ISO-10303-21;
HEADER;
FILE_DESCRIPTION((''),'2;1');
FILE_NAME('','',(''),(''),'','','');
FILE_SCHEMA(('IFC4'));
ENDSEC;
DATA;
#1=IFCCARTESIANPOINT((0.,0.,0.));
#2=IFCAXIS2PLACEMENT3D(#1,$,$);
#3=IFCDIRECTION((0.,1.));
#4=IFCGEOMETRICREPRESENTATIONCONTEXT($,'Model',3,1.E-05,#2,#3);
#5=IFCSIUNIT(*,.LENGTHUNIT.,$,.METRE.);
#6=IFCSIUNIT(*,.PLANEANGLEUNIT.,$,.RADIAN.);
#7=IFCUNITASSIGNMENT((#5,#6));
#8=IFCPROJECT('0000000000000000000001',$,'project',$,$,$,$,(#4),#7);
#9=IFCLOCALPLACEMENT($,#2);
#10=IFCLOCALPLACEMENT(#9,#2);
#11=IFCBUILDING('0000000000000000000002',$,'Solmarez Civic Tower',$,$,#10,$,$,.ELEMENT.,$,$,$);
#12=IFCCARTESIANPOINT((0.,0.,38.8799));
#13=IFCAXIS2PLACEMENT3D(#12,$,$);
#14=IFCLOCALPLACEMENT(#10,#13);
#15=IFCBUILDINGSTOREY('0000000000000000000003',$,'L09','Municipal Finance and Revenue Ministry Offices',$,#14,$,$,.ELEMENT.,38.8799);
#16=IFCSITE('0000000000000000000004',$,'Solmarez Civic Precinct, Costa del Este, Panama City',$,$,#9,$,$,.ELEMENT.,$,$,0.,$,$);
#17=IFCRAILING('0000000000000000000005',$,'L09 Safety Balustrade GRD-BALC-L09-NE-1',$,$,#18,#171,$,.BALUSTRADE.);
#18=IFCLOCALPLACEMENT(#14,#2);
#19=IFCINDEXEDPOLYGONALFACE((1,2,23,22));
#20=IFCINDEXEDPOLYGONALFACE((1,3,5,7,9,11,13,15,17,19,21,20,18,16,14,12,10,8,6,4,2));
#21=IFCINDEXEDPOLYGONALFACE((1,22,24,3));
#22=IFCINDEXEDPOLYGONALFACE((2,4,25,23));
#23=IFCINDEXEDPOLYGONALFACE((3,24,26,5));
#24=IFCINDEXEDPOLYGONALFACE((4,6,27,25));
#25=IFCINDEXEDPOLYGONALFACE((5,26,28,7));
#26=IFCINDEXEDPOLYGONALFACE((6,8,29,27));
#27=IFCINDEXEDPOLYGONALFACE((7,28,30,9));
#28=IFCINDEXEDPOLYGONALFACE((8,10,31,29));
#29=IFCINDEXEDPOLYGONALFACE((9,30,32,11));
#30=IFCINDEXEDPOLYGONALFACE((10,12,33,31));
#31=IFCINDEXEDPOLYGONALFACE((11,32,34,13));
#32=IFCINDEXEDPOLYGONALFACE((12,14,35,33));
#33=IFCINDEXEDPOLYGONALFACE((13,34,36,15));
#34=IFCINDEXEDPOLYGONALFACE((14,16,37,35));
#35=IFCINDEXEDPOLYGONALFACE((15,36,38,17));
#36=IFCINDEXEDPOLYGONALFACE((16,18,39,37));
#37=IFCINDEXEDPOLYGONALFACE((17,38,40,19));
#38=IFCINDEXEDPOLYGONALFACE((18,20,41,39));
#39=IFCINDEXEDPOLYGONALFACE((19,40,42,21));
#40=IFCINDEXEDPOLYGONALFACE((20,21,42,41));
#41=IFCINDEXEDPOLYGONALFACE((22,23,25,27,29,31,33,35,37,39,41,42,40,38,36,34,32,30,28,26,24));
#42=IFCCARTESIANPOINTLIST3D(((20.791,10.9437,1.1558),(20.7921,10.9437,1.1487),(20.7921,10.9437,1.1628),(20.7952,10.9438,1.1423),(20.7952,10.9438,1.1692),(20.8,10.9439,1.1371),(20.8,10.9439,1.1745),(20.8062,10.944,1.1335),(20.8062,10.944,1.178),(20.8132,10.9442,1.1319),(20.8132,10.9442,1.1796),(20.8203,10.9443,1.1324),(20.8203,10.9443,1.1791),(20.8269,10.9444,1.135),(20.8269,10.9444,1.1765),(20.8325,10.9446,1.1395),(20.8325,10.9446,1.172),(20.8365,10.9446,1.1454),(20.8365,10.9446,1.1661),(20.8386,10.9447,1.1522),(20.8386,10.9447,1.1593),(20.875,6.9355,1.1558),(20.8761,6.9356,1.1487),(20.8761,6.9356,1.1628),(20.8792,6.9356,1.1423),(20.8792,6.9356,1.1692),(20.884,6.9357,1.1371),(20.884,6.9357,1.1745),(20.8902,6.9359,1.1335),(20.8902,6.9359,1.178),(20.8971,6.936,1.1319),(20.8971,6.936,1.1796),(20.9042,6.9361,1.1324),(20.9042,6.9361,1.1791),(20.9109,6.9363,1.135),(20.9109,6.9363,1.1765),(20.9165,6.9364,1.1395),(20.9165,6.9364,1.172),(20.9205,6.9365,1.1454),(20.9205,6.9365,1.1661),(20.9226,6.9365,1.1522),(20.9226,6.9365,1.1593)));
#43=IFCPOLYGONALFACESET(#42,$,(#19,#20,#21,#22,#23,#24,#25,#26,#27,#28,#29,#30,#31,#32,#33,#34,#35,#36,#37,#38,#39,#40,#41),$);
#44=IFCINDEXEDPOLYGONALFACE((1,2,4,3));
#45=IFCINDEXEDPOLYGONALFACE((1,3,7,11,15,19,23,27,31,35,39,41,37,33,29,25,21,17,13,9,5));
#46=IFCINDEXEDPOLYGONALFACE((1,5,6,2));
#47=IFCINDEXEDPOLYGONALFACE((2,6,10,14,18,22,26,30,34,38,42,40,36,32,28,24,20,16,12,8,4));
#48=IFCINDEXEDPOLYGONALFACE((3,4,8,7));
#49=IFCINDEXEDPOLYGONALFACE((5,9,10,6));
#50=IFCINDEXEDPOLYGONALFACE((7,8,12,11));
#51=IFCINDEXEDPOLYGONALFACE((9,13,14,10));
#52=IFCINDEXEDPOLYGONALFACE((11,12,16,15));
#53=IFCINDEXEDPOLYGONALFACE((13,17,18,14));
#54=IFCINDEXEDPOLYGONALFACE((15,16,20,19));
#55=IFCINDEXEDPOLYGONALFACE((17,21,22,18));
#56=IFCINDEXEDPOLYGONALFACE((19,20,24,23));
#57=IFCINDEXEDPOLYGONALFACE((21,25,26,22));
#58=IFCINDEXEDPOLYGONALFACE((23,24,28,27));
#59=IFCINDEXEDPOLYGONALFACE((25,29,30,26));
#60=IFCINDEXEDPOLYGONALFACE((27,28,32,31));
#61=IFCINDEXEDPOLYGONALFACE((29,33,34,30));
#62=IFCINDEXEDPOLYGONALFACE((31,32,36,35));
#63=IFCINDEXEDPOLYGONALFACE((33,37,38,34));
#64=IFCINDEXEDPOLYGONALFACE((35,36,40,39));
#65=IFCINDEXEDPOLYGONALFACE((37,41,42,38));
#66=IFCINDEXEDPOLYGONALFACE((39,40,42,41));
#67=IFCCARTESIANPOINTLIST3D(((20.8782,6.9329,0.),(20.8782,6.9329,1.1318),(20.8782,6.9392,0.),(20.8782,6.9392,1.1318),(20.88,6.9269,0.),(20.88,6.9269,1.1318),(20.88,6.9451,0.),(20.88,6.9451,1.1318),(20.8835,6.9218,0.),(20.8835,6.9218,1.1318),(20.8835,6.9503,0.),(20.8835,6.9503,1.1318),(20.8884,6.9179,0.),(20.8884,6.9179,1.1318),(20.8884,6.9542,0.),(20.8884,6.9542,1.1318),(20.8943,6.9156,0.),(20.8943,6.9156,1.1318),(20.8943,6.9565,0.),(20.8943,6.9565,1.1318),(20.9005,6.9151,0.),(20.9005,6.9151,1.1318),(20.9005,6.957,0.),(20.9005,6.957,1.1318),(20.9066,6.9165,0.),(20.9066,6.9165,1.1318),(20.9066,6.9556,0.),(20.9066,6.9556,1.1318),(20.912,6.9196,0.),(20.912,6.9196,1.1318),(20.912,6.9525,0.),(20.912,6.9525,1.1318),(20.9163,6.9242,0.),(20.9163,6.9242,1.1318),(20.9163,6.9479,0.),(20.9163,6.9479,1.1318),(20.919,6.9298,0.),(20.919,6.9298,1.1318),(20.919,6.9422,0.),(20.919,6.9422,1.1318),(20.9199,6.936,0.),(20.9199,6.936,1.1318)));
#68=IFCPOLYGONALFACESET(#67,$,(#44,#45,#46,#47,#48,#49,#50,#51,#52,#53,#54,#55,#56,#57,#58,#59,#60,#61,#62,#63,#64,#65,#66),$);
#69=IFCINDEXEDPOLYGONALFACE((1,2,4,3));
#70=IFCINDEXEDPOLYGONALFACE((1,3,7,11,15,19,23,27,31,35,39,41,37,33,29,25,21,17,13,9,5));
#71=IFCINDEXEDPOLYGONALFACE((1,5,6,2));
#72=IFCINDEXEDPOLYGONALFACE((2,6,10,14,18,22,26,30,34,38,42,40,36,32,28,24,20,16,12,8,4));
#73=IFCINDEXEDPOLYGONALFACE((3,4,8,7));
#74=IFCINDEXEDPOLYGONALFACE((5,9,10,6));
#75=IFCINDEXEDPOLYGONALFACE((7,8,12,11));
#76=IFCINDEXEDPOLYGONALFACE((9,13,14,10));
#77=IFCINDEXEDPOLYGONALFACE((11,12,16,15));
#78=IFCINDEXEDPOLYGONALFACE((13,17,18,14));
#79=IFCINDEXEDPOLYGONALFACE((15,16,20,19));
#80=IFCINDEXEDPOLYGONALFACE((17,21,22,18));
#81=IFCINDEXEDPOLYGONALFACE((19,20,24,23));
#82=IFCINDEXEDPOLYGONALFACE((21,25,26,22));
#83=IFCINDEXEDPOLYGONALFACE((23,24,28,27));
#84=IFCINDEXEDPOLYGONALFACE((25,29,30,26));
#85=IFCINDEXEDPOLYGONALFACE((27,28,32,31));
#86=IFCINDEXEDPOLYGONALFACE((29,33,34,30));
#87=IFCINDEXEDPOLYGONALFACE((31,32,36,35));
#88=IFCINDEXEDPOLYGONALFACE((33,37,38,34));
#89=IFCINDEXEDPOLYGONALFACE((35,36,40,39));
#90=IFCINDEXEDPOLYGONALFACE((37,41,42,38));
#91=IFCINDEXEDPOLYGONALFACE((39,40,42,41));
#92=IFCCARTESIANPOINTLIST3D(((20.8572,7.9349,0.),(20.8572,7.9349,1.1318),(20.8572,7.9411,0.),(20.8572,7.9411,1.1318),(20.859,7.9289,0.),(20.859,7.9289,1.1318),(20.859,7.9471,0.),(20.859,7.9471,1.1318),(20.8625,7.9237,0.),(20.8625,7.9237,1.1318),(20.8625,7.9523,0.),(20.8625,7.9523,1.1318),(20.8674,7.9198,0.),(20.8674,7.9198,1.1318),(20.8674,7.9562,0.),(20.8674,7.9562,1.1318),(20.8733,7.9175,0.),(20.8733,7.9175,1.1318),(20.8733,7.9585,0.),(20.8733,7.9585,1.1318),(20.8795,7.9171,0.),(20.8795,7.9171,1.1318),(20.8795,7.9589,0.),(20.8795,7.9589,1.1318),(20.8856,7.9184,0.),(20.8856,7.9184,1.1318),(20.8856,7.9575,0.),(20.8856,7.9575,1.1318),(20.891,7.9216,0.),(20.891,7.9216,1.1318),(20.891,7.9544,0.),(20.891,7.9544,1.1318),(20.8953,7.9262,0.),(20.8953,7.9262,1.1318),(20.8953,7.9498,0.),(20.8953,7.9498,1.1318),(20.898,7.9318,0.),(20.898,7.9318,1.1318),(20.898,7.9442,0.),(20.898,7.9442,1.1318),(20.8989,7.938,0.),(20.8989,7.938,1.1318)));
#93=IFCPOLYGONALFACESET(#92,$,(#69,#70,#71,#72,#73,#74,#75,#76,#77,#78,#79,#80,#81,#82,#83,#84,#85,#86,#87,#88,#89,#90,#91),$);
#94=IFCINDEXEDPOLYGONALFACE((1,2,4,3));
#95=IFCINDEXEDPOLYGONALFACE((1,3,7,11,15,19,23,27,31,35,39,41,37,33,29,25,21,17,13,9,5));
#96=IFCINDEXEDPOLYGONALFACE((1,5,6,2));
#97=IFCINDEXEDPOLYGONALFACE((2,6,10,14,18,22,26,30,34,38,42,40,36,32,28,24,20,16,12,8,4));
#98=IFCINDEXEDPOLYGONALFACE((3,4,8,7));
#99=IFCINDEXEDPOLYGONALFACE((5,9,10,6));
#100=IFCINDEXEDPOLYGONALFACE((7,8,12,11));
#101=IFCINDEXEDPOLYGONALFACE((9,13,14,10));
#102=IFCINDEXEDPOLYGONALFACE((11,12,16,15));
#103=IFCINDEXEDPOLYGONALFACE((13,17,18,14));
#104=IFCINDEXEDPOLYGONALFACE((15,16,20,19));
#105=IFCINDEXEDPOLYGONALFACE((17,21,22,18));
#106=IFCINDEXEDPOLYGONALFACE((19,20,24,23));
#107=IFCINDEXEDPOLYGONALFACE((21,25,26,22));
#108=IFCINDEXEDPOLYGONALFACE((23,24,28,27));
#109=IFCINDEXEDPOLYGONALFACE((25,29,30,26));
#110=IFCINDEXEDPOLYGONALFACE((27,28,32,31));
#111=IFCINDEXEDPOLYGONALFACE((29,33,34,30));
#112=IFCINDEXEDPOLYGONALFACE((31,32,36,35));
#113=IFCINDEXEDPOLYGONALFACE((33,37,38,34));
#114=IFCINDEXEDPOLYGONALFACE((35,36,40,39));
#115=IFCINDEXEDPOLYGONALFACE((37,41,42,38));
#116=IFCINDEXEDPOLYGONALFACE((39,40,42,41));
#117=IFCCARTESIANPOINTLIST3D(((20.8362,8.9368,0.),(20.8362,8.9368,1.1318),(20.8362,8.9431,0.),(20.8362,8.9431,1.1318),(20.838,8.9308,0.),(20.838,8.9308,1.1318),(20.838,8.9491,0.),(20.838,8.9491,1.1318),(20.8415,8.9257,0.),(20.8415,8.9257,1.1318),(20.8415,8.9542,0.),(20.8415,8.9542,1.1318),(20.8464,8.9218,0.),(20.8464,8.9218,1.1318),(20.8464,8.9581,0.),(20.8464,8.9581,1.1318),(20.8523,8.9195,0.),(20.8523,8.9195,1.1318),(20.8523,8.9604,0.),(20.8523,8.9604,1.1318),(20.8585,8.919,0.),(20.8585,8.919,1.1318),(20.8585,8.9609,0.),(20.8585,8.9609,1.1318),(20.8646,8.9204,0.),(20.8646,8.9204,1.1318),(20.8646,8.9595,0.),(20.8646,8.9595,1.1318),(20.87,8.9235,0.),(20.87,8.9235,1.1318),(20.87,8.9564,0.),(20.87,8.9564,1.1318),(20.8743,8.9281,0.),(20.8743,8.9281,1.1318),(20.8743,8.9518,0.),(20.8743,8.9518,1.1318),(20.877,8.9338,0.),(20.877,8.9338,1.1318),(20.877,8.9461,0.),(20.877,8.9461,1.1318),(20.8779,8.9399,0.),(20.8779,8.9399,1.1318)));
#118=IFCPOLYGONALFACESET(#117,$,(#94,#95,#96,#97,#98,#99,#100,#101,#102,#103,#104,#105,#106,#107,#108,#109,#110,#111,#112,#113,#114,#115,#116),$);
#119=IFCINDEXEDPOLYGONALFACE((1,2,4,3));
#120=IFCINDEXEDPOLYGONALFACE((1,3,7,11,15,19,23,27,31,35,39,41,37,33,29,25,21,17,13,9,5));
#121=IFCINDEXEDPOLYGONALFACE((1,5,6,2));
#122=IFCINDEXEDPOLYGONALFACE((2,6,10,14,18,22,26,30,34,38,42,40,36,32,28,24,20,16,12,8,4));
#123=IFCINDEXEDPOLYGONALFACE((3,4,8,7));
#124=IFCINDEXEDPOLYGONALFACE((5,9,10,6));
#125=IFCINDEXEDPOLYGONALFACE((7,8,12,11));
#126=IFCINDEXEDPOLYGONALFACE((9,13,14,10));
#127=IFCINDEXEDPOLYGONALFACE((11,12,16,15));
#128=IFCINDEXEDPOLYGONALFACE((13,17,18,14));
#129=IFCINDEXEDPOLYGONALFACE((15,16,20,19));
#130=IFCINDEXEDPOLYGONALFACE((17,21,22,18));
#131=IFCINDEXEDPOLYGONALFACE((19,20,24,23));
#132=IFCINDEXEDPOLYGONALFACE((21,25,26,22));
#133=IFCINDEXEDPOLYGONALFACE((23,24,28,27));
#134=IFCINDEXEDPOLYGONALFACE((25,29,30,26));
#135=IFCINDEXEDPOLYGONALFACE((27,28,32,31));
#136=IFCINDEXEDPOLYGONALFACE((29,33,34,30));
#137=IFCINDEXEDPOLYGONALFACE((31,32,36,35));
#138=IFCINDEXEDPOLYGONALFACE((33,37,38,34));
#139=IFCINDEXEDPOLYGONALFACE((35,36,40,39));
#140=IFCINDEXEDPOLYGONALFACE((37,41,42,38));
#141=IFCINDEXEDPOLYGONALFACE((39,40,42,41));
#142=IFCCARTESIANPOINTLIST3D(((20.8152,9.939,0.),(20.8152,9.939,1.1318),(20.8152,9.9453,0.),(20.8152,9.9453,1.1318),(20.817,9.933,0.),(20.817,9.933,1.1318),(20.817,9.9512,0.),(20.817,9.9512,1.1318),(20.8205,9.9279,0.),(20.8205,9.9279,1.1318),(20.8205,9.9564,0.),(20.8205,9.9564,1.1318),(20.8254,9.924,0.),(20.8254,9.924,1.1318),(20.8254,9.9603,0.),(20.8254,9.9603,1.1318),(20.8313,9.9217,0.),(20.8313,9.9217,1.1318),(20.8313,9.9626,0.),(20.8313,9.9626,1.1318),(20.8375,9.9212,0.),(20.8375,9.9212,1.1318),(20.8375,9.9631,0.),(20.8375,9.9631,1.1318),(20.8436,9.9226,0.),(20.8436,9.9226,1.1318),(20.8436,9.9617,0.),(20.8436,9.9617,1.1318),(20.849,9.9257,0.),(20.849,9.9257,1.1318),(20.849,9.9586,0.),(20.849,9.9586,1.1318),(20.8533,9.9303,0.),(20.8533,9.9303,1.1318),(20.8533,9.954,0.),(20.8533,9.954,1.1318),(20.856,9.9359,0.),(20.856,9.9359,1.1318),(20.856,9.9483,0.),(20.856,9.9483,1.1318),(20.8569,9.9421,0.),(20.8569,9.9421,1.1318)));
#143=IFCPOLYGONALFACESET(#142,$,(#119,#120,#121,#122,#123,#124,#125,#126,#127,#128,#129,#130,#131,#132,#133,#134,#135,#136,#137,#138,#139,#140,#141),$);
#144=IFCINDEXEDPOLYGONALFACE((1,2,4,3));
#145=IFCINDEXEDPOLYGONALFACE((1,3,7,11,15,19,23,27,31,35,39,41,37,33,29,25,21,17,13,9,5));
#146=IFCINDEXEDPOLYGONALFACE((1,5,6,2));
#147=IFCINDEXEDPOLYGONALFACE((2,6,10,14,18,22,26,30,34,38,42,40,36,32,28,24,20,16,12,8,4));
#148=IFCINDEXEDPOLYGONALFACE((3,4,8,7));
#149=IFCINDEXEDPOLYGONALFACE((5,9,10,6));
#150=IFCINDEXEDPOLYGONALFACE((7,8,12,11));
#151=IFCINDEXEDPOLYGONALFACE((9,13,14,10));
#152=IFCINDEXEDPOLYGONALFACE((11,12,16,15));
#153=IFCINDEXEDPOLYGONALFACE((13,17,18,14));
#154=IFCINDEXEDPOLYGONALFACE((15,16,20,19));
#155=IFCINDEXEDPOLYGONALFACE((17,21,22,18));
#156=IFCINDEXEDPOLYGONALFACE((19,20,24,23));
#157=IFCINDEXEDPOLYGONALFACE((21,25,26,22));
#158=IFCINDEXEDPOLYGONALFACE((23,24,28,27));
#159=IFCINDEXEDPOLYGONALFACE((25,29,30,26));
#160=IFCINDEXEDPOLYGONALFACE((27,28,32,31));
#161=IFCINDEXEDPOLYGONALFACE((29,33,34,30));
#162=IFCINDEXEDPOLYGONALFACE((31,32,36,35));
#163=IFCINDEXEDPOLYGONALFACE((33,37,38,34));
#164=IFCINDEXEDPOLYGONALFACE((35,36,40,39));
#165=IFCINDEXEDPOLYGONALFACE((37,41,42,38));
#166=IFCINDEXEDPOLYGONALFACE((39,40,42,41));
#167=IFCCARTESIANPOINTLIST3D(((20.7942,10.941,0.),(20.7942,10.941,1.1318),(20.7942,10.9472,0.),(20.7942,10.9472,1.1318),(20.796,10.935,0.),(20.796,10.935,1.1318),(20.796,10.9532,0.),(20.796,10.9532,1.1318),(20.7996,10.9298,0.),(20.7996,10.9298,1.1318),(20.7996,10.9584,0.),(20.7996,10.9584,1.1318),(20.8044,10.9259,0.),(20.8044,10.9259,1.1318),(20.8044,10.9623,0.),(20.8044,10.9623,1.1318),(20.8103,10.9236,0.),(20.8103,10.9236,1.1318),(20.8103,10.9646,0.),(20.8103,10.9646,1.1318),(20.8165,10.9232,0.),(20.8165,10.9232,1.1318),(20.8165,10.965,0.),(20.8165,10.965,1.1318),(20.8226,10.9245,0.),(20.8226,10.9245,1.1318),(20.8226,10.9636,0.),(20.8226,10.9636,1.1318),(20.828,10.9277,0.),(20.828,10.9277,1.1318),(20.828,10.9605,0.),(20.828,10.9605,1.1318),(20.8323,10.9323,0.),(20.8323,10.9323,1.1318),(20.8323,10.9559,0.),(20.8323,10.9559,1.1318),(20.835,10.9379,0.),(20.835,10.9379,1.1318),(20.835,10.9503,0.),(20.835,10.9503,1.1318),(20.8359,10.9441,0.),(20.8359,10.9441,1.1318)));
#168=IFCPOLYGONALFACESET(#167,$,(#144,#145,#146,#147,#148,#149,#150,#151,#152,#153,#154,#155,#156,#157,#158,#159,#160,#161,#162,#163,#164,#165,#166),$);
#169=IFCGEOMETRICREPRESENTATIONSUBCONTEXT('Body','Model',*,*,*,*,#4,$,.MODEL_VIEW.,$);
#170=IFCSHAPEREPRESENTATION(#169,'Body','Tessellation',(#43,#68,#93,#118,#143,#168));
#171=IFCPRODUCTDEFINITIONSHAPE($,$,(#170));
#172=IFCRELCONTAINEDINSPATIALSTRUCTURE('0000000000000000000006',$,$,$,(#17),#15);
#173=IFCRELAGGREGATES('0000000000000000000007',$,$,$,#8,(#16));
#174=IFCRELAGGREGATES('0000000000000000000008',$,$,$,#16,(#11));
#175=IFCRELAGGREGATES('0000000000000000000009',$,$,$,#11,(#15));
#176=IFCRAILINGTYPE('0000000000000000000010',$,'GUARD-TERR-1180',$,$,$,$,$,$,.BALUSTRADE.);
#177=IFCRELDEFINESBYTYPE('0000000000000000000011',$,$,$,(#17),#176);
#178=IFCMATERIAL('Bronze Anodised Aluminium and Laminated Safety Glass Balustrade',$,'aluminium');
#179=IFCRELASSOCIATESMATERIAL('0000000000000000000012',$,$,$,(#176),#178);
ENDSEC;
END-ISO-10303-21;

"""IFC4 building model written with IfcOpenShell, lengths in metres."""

from ifc_helpers import new_model, si_unit, direction, frame, origin, origin_2d, place, context, subcontext, project, spatial, circle, extrude, material, type_object, element, save


model = new_model("IFC4")

# Units and contexts
model_context = context("Model", 3, precision=1e-05, world=origin(), true_north=direction((0.0, 1.0)))
body_context = subcontext(model_context, "Body", "Model", "MODEL_VIEW")
ifc_project = project(units=[si_unit("LENGTHUNIT", "METRE"), si_unit("PLANEANGLEUNIT", "RADIAN")], contexts=[model_context])

# Site, building, storey
site_placement = place(None, origin())
site = spatial("IfcSite", under=ifc_project, at=site_placement, Name="Solmarez Civic Precinct, Costa del Este, Panama City", CompositionType="ELEMENT", RefElevation=0.0)
building_placement = place(site_placement, origin())
building = spatial("IfcBuilding", under=site, at=building_placement, Name="Solmarez Civic Tower", CompositionType="ELEMENT")
storey_placement = place(building_placement, frame((0.0, 0.0, 38.8799)))
storey = spatial("IfcBuildingStorey", under=building, at=storey_placement, Name="L09", Description="Municipal Finance and Revenue Ministry Offices", CompositionType="ELEMENT", Elevation=38.8799)

# Railing
ifc_material_1 = material(Name="Bronze Anodised Aluminium and Laminated Safety Glass Balustrade", Category="aluminium")
railing_type = type_object("IfcRailingType", Name="GUARD-TERR-1180", PredefinedType="BALUSTRADE", material=ifc_material_1)
railing_1_placement = place(storey_placement, frame((20.8989, 6.936, 0.0)))
element("IfcRailing", 1, at=railing_1_placement, inside=storey, type_object=railing_type, Name="L09 Safety Balustrade GRD-BALC-L09-NE-1", PredefinedType="BALUSTRADE", context=body_context, shape_type="SweptSolid", body=[
    extrude(circle(Radius=0.0239, at=origin_2d()), frame((0.0, 0.0, 1.1558), z_axis=(-0.020949, 0.999781, 0.0), x_axis=(-0.999781, -0.020949, 0.0)), (0.0, 0.0, 1.0), 4.009),
    extrude(circle(Radius=0.021, at=origin_2d()), origin(), (0.0, 0.0, 1.0), 1.1318),
    extrude(circle(Radius=0.021, at=origin_2d()), frame((-0.021, 1.002, 0.0)), (0.0, 0.0, 1.0), 1.1318),
    extrude(circle(Radius=0.021, at=origin_2d()), frame((-0.042, 2.0039, 0.0)), (0.0, 0.0, 1.0), 1.1318),
    extrude(circle(Radius=0.021, at=origin_2d()), frame((-0.063, 3.0061, 0.0)), (0.0, 0.0, 1.0), 1.1318),
    extrude(circle(Radius=0.021, at=origin_2d()), frame((-0.084, 4.0081, 0.0)), (0.0, 0.0, 1.0), 1.1318),
])

save(model, "model.ifc")
